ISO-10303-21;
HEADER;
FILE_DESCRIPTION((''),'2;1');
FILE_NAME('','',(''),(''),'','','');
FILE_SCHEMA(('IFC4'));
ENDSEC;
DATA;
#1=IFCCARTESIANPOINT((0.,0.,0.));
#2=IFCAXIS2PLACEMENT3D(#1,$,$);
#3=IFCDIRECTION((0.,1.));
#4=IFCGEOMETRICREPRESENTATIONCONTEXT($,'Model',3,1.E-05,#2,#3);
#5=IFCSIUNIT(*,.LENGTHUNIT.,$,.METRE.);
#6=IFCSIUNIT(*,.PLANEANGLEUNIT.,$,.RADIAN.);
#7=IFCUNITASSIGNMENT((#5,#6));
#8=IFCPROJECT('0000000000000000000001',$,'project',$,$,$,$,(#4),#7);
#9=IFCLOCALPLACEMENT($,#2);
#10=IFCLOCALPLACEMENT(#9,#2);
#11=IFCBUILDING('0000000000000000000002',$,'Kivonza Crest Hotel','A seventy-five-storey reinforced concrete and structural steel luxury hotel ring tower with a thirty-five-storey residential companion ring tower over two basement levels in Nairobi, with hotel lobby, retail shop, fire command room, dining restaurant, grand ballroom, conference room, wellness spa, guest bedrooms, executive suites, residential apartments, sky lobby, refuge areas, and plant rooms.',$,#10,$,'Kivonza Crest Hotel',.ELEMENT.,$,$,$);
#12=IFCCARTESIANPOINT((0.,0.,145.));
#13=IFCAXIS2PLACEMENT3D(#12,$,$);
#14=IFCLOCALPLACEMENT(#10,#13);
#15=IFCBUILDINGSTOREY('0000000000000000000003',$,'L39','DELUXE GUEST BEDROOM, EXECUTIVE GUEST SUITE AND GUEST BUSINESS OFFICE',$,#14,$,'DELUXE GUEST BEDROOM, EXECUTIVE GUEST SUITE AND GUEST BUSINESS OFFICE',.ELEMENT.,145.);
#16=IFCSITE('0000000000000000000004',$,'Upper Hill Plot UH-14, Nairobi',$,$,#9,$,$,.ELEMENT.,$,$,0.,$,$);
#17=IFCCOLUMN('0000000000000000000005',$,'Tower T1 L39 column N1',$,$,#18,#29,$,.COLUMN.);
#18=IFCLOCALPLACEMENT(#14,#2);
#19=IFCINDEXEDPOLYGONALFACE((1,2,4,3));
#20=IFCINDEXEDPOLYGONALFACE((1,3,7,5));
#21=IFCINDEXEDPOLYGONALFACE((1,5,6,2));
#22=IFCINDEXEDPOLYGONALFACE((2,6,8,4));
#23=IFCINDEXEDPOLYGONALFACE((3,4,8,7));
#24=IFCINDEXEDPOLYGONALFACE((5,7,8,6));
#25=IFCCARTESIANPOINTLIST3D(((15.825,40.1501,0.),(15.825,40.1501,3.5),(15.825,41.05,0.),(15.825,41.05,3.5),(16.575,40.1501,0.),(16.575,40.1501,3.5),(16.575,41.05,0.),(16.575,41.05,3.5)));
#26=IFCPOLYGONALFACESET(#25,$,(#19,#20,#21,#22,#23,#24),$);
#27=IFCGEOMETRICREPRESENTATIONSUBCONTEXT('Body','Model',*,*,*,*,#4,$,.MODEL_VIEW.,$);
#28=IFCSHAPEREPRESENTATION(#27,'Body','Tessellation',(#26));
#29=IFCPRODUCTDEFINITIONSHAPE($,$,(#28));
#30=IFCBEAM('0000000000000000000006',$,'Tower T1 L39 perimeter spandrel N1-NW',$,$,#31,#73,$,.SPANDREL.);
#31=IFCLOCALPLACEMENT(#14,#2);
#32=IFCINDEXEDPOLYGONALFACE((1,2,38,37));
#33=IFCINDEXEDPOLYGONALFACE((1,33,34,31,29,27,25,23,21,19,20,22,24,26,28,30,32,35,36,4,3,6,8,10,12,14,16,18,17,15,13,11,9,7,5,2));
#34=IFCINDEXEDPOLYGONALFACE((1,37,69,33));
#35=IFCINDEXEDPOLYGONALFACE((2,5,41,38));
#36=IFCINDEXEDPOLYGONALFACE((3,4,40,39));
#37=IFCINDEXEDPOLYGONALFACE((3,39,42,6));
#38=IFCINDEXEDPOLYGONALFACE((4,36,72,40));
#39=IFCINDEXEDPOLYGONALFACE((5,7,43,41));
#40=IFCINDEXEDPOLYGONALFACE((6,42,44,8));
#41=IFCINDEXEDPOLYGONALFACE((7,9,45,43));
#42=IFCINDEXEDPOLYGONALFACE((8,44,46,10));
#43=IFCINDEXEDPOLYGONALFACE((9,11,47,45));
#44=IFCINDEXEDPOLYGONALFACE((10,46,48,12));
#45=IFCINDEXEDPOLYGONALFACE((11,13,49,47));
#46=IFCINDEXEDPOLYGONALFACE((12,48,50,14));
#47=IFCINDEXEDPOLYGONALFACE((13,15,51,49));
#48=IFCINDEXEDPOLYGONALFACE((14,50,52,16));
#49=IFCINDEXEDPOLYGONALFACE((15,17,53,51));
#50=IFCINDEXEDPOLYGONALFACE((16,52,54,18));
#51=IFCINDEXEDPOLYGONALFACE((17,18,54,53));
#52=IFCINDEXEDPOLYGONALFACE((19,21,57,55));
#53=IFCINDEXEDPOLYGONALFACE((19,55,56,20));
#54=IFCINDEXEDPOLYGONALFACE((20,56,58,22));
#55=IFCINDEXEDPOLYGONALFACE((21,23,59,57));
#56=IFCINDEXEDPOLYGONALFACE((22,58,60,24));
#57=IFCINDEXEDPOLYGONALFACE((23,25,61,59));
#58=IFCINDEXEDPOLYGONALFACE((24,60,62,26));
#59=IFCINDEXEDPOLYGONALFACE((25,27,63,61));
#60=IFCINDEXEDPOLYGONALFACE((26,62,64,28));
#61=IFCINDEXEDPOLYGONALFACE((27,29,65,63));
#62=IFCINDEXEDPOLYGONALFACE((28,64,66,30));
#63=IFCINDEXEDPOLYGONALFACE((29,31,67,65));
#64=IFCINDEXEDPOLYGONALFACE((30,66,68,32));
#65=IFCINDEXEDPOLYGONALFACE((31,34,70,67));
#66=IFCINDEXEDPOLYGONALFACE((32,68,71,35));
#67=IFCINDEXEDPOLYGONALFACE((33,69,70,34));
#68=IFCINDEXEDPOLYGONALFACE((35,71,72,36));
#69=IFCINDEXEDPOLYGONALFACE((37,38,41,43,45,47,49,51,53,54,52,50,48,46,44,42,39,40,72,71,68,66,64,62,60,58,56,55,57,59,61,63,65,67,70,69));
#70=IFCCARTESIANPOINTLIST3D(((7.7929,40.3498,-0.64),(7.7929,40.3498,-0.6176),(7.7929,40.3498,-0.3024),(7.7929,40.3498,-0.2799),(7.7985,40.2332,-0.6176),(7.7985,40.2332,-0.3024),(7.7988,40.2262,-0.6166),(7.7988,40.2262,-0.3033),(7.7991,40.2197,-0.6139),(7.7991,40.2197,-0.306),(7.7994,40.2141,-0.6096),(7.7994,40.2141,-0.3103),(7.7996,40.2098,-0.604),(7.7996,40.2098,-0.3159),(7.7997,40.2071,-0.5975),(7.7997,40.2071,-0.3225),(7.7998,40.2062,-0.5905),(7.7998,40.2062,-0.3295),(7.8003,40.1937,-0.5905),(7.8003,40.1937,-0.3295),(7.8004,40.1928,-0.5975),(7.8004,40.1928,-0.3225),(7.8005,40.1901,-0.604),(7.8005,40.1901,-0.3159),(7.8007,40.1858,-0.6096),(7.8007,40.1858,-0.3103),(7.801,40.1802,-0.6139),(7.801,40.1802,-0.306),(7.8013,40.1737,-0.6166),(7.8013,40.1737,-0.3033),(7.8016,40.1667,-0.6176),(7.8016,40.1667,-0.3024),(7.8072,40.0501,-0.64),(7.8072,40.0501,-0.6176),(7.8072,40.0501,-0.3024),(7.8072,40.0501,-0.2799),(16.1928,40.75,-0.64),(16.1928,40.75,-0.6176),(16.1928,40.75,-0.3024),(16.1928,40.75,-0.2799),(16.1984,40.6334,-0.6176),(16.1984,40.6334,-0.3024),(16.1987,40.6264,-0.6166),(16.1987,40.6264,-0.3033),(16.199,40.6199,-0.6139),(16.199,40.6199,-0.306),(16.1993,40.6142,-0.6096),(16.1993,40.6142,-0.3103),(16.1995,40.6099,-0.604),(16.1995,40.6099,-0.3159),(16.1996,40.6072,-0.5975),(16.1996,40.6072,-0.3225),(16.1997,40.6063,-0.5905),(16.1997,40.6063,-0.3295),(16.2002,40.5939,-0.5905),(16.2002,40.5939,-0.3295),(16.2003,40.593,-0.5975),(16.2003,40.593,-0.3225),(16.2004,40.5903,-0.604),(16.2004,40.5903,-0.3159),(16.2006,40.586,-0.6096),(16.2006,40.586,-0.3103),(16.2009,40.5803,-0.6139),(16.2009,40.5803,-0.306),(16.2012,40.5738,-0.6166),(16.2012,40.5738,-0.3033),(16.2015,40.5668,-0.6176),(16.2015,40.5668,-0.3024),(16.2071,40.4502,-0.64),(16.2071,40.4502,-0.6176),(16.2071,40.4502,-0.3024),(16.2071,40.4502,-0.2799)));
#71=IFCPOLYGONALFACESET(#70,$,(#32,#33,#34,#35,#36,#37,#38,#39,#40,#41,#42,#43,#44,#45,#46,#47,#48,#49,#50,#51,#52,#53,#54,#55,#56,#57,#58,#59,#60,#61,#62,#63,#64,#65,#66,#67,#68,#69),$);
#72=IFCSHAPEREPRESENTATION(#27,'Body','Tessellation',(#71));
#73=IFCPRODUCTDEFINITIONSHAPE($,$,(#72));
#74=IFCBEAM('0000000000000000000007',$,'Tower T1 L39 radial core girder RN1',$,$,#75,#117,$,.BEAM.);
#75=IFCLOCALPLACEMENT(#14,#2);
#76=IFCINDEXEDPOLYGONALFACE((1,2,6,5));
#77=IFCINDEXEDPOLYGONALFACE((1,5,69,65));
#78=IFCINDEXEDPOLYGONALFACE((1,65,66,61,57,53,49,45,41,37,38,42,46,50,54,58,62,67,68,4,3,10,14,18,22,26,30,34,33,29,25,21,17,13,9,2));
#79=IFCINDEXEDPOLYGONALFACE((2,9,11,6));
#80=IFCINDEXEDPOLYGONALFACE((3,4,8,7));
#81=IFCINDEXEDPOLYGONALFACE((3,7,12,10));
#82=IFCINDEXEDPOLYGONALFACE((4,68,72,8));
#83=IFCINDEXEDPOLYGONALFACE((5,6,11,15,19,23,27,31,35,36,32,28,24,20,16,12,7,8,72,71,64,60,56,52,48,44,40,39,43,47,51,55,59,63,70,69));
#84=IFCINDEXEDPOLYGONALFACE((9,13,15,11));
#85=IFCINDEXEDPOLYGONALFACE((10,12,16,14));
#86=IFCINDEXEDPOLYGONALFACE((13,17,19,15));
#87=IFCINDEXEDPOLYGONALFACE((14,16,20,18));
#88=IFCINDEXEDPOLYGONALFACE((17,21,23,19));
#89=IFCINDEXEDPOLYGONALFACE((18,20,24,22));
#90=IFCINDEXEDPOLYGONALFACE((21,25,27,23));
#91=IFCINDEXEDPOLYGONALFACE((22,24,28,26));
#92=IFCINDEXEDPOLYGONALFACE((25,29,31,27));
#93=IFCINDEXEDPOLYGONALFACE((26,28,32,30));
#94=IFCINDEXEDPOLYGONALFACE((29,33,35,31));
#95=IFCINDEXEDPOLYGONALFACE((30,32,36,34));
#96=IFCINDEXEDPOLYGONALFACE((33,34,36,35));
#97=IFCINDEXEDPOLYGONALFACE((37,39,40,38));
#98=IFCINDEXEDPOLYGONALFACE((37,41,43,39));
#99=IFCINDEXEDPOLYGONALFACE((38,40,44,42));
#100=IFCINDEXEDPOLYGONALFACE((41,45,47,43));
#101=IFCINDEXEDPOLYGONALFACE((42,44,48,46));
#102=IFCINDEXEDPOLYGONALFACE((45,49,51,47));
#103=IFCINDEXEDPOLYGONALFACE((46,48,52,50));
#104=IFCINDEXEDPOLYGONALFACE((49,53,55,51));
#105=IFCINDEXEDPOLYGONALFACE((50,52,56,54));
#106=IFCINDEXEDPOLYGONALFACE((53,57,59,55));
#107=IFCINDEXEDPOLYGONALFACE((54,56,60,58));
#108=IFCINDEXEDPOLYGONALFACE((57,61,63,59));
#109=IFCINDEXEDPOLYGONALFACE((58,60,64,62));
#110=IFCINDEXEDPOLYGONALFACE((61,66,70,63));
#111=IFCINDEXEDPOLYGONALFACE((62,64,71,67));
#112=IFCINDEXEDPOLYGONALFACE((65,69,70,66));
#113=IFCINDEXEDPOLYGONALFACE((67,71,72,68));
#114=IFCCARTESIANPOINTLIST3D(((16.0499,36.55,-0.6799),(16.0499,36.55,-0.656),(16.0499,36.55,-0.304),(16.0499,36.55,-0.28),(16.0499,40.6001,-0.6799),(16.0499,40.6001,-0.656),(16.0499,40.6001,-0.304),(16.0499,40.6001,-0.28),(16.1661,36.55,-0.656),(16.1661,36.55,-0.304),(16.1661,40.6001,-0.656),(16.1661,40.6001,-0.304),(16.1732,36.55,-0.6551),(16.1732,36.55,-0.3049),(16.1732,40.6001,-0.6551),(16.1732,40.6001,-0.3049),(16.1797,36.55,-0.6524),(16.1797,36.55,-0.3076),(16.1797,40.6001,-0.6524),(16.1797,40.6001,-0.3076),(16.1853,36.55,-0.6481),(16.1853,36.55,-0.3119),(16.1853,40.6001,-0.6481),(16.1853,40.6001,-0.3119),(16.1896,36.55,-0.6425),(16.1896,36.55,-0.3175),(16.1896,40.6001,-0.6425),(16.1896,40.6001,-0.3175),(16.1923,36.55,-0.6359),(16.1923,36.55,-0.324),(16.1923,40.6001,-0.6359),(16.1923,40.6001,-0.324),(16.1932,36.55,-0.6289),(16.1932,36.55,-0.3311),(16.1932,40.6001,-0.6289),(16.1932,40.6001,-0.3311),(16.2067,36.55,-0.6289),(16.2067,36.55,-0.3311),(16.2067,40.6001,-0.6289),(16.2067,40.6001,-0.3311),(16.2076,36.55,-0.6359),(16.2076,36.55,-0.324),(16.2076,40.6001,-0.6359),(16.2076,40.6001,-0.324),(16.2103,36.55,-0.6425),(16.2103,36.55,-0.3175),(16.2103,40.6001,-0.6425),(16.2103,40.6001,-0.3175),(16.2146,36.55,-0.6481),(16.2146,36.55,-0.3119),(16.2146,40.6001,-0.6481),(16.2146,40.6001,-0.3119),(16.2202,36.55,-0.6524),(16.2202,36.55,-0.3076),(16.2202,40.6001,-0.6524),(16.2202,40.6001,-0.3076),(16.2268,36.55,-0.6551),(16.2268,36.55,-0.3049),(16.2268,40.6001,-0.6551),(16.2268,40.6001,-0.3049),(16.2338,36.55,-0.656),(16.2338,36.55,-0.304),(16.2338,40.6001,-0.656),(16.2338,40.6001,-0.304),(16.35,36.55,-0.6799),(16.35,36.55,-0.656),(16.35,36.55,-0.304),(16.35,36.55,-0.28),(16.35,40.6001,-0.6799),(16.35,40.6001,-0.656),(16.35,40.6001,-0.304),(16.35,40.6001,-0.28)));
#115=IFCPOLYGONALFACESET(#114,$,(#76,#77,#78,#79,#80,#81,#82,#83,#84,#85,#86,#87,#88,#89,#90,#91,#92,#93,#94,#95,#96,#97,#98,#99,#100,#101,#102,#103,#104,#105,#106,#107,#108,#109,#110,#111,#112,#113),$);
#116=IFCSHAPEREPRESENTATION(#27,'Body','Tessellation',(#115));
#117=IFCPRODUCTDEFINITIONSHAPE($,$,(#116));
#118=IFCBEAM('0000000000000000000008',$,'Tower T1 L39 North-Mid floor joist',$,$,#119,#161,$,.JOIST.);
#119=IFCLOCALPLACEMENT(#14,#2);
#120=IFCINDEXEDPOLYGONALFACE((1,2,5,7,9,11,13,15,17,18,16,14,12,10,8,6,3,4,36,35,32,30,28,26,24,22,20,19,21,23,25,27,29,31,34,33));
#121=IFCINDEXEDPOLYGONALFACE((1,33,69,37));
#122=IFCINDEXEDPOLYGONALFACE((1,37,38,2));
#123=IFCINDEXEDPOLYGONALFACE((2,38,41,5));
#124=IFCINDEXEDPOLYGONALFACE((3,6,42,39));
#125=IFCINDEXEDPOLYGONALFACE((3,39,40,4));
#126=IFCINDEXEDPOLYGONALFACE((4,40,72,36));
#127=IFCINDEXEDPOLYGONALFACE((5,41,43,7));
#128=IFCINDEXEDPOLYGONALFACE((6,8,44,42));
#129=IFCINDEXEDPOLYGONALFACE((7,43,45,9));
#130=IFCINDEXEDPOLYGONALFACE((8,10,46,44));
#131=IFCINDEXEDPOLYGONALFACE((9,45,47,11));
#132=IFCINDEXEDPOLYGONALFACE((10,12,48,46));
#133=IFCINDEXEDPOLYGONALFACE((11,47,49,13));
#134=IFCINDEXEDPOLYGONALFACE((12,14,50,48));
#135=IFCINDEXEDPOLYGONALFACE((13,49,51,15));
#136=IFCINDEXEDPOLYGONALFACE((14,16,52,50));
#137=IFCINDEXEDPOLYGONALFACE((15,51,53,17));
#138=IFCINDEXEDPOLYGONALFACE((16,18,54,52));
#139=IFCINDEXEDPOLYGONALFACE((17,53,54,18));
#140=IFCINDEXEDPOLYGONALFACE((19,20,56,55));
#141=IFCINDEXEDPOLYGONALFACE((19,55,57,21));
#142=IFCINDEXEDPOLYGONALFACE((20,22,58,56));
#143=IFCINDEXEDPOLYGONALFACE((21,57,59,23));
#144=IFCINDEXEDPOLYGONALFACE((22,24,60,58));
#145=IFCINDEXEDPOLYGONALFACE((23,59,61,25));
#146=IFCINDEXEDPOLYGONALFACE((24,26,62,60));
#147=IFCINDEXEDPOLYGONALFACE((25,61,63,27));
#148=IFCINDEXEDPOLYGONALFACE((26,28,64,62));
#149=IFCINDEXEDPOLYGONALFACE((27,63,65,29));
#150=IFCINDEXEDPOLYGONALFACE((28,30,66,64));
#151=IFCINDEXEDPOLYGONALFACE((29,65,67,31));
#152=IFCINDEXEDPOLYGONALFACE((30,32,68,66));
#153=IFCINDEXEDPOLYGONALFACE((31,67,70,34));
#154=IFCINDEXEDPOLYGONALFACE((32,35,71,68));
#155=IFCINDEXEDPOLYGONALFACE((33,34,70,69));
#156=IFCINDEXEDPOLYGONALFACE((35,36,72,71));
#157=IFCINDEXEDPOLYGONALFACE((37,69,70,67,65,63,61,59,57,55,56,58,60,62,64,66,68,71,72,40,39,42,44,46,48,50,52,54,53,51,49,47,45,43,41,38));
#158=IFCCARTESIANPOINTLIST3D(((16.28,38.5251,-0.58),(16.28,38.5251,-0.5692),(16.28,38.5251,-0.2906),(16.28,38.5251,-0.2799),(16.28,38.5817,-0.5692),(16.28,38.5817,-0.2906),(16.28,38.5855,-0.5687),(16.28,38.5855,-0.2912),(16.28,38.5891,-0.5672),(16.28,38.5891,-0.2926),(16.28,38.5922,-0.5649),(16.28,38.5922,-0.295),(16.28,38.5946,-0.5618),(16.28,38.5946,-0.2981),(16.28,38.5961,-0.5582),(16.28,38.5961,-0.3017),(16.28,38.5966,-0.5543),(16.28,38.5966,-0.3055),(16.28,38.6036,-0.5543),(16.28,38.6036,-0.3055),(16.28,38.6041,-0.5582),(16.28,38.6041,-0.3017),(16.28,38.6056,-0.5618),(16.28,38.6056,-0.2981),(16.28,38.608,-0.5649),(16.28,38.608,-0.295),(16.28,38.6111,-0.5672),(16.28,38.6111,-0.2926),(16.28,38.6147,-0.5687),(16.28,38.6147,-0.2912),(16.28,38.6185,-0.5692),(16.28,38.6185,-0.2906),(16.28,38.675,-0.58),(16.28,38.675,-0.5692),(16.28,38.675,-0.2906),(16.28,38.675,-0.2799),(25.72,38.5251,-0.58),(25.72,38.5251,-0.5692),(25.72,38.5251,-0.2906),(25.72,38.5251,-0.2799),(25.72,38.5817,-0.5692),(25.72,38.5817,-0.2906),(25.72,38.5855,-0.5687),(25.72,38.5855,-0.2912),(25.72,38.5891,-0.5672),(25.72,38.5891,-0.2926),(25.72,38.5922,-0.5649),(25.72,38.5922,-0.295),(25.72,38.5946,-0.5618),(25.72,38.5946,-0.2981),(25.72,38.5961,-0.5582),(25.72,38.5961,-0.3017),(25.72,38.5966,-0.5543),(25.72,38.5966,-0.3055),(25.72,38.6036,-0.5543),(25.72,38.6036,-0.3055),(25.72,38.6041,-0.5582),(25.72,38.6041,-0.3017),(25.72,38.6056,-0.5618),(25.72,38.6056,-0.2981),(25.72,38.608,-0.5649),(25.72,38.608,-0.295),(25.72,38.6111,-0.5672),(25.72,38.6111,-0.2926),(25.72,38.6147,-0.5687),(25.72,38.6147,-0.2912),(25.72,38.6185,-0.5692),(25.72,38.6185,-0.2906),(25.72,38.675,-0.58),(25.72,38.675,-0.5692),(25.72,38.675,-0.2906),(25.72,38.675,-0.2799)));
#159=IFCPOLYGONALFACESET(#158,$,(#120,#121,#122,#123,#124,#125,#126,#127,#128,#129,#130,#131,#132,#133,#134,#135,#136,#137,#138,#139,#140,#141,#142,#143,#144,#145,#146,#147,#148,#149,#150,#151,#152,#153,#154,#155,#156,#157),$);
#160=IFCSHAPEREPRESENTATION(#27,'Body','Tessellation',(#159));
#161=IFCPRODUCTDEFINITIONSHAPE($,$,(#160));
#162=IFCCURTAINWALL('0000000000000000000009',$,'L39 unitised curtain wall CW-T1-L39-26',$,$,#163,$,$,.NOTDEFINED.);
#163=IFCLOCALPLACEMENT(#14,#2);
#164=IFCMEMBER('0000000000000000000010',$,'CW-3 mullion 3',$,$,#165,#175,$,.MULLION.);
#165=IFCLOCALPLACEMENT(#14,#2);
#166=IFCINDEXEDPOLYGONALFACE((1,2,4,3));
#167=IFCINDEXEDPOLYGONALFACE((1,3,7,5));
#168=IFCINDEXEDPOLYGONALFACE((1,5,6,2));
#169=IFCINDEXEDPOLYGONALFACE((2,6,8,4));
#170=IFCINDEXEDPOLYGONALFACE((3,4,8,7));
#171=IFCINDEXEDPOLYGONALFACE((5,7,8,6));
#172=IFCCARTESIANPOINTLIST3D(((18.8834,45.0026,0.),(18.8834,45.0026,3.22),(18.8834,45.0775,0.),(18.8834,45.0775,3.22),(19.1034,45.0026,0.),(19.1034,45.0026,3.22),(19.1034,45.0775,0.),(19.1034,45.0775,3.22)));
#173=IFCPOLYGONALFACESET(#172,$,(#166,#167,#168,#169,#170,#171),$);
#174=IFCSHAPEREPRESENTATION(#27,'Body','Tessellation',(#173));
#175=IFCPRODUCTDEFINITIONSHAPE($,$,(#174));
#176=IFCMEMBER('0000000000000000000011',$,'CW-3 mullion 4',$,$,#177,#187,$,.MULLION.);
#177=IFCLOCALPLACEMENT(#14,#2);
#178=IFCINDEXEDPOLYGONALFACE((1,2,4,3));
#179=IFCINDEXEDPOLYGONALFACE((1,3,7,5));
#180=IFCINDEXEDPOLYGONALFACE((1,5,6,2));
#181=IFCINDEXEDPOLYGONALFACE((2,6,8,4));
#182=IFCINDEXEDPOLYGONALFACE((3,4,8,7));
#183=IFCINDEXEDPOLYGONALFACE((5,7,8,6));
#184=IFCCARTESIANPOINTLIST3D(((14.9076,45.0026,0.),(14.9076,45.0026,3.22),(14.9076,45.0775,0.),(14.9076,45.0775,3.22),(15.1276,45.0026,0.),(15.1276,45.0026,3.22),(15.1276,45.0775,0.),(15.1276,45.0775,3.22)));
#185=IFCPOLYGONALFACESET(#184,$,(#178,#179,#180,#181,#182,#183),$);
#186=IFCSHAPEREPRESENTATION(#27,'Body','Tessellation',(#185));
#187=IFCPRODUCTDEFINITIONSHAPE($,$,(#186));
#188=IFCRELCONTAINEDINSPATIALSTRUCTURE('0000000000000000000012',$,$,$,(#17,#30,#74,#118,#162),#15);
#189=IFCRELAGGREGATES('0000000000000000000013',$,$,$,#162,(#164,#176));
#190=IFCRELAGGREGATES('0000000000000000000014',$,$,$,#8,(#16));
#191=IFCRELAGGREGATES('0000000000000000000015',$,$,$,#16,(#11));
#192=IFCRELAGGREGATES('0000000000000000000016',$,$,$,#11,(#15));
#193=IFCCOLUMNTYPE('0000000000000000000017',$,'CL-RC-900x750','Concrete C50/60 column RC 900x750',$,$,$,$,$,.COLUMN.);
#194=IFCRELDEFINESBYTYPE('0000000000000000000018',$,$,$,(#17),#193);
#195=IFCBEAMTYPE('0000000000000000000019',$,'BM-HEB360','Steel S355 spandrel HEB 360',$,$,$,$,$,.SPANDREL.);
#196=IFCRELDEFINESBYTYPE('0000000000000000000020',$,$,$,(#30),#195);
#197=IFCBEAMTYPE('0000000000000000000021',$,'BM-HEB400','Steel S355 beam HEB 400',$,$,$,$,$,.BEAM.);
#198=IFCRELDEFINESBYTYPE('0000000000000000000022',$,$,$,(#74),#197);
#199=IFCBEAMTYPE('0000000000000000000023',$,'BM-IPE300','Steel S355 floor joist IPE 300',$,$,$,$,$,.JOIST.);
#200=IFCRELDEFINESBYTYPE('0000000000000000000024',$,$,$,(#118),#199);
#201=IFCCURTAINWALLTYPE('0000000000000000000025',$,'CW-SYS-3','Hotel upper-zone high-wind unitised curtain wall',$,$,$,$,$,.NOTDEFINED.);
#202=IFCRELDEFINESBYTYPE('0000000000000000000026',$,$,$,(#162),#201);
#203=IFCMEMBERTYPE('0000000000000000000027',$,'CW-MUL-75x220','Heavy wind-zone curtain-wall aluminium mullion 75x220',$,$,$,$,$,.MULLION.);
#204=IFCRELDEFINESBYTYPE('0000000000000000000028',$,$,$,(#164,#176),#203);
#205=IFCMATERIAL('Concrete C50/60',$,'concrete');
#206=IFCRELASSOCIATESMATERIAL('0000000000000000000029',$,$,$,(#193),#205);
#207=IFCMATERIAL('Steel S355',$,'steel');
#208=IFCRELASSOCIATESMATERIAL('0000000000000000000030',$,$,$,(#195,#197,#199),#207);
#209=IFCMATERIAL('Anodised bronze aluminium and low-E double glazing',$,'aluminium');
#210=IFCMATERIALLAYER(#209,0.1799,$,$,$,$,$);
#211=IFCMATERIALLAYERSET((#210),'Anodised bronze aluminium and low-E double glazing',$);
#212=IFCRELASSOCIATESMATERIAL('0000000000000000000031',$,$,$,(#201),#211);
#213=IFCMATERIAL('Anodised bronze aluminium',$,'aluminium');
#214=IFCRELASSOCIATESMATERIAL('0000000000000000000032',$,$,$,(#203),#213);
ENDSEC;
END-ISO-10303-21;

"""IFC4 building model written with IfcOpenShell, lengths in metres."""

from ifc_helpers import new_model, si_unit, direction, frame, origin, origin_2d, place, context, subcontext, project, spatial, rectangle, i_section, extrude, material, layer, layer_set, material_profile, profile_set, type_object, element, aggregate, save


model = new_model("IFC4")

# Units and contexts
model_context = context("Model", 3, precision=1e-05, world=origin(), true_north=direction((0.0, 1.0)))
body_context = subcontext(model_context, "Body", "Model", "MODEL_VIEW")
ifc_project = project(units=[si_unit("LENGTHUNIT", "METRE"), si_unit("PLANEANGLEUNIT", "RADIAN")], contexts=[model_context])

# Site, building, storey
site_placement = place(None, origin())
site = spatial("IfcSite", under=ifc_project, at=site_placement, Name="Upper Hill Plot UH-14, Nairobi", CompositionType="ELEMENT", RefElevation=0.0)
building_placement = place(site_placement, origin())
building = spatial("IfcBuilding", under=site, at=building_placement, Name="Kivonza Crest Hotel", Description="A seventy-five-storey reinforced concrete and structural steel luxury hotel ring tower with a thirty-five-storey residential companion ring tower over two basement levels in Nairobi, with hotel lobby, retail shop, fire command room, dining restaurant, grand ballroom, conference room, wellness spa, guest bedrooms, executive suites, residential apartments, sky lobby, refuge areas, and plant rooms.", LongName="Kivonza Crest Hotel", CompositionType="ELEMENT")
storey_placement = place(building_placement, frame((0.0, 0.0, 145.0)))
storey = spatial("IfcBuildingStorey", under=building, at=storey_placement, Name="L39", Description="DELUXE GUEST BEDROOM, EXECUTIVE GUEST SUITE AND GUEST BUSINESS OFFICE", LongName="DELUXE GUEST BEDROOM, EXECUTIVE GUEST SUITE AND GUEST BUSINESS OFFICE", CompositionType="ELEMENT", Elevation=145.0)

# Column
ifc_material_1 = material(Name="Concrete C50/60", Category="concrete")
ifc_material_profile_1 = material_profile(ifc_material_1, rectangle(XDim=0.75, YDim=0.8999, at=origin_2d()), Name="RC 900x750")
ifc_profile_set_1 = profile_set([ifc_material_profile_1], Name="Concrete C50/60")
column_type = type_object("IfcColumnType", Name="CL-RC-900x750", Description="Concrete C50/60 column RC 900x750", PredefinedType="COLUMN", material=ifc_profile_set_1)
column_placement = place(storey_placement, frame((16.2, 40.6001, 0.0), z_axis=(0.0, 0.0, 1.0), x_axis=(1.0, 0.0, 0.0)))
element("IfcColumn", 1, at=column_placement, inside=storey, type_object=column_type, Name="Tower T1 L39 column N1", PredefinedType="COLUMN", context=body_context, shape_type="SweptSolid", body=[
    extrude(rectangle(XDim=0.75, YDim=0.8999, at=origin_2d()), origin(), (0.0, 0.0, 1.0), 3.5),
])

# Beams
ifc_material_2 = material(Name="Steel S355", Category="steel")
ifc_material_profile_2 = material_profile(ifc_material_2, i_section(OverallWidth=0.3, OverallDepth=0.3601, WebThickness=0.0125, FlangeThickness=0.0225, FilletRadius=0.0271, at=origin_2d()), Name="HEB 360")
ifc_profile_set_2 = profile_set([ifc_material_profile_2], Name="Steel S355")
beam_type_1 = type_object("IfcBeamType", Name="BM-HEB360", Description="Steel S355 spandrel HEB 360", PredefinedType="SPANDREL", material=ifc_profile_set_2)
beam_1_placement = place(storey_placement, frame((16.2, 40.6001, -0.46), z_axis=(-0.998867, -0.047583, 0.0), x_axis=(0.047583, -0.998867, 0.0)))
element("IfcBeam", 2, at=beam_1_placement, inside=storey, type_object=beam_type_1, Name="Tower T1 L39 perimeter spandrel N1-NW", PredefinedType="SPANDREL", context=body_context, shape_type="SweptSolid", body=[
    extrude(i_section(OverallWidth=0.3, OverallDepth=0.3601, WebThickness=0.0125, FlangeThickness=0.0225, FilletRadius=0.0271, at=origin_2d()), origin(), (0.0, 0.0, 1.0), 8.4094),
])
ifc_material_profile_3 = material_profile(ifc_material_2, i_section(OverallWidth=0.3, OverallDepth=0.3999, WebThickness=0.0134, FlangeThickness=0.0239, FilletRadius=0.0271, at=origin_2d()), Name="HEB 400")
ifc_profile_set_3 = profile_set([ifc_material_profile_3], Name="Steel S355")
beam_type_2 = type_object("IfcBeamType", Name="BM-HEB400", Description="Steel S355 beam HEB 400", PredefinedType="BEAM", material=ifc_profile_set_3)
beam_2_placement = place(storey_placement, frame((16.2, 40.6001, -0.48), z_axis=(0.0, -1.0, 0.0), x_axis=(1.0, 0.0, 0.0)))
element("IfcBeam", 3, at=beam_2_placement, inside=storey, type_object=beam_type_2, Name="Tower T1 L39 radial core girder RN1", PredefinedType="BEAM", context=body_context, shape_type="SweptSolid", body=[
    extrude(i_section(OverallWidth=0.3, OverallDepth=0.3999, WebThickness=0.0134, FlangeThickness=0.0239, FilletRadius=0.0271, at=origin_2d()), origin(), (0.0, 0.0, 1.0), 4.05),
])
ifc_material_profile_4 = material_profile(ifc_material_2, i_section(OverallWidth=0.1499, OverallDepth=0.3, WebThickness=0.0071, FlangeThickness=0.0107, FilletRadius=0.0149, at=origin_2d()), Name="IPE 300")
ifc_profile_set_4 = profile_set([ifc_material_profile_4], Name="Steel S355")
beam_type_3 = type_object("IfcBeamType", Name="BM-IPE300", Description="Steel S355 floor joist IPE 300", PredefinedType="JOIST", material=ifc_profile_set_4)
beam_3_placement = place(storey_placement, frame((16.28, 38.6001, -0.4299), z_axis=(1.0, 0.0, 0.0), x_axis=(0.0, 1.0, 0.0)))
element("IfcBeam", 4, at=beam_3_placement, inside=storey, type_object=beam_type_3, Name="Tower T1 L39 North-Mid floor joist", PredefinedType="JOIST", context=body_context, shape_type="SweptSolid", body=[
    extrude(i_section(OverallWidth=0.1499, OverallDepth=0.3, WebThickness=0.0071, FlangeThickness=0.0107, FilletRadius=0.0149, at=origin_2d()), origin(), (0.0, 0.0, 1.0), 9.4399),
])

# Curtain wall, members
ifc_material_3 = material(Name="Anodised bronze aluminium and low-E double glazing", Category="aluminium")
ifc_layer_1 = layer(ifc_material_3, 0.1799)
ifc_layer_set_1 = layer_set([ifc_layer_1], Name="Anodised bronze aluminium and low-E double glazing")
curtain_wall_type = type_object("IfcCurtainWallType", Name="CW-SYS-3", Description="Hotel upper-zone high-wind unitised curtain wall", PredefinedType="NOTDEFINED", material=ifc_layer_set_1)
curtain_wall_placement = place(storey_placement, origin())
curtain_wall = element("IfcCurtainWall", 5, at=curtain_wall_placement, inside=storey, type_object=curtain_wall_type, Name="L39 unitised curtain wall CW-T1-L39-26", PredefinedType="NOTDEFINED")
ifc_material_4 = material(Name="Anodised bronze aluminium", Category="aluminium")
ifc_material_profile_5 = material_profile(ifc_material_4, rectangle(XDim=0.075, YDim=0.22, at=origin_2d()), Name="CW-M 75x220")
ifc_profile_set_5 = profile_set([ifc_material_profile_5], Name="Anodised bronze aluminium")
member_type_1 = type_object("IfcMemberType", Name="CW-MUL-75x220", Description="Heavy wind-zone curtain-wall aluminium mullion 75x220", PredefinedType="MULLION", material=ifc_profile_set_5)
member_1_placement = place(storey_placement, frame((18.9934, 45.04, 0.0), z_axis=(0.0, 0.0, 1.0), x_axis=(0.0, -1.0, 0.0)))
member_1 = element("IfcMember", 6, at=member_1_placement, type_object=member_type_1, Name="CW-3 mullion 3", PredefinedType="MULLION", context=body_context, shape_type="SweptSolid", body=[
    extrude(rectangle(XDim=0.075, YDim=0.22, at=origin_2d()), origin(), (0.0, 0.0, 1.0), 3.22),
])
member_2_placement = place(storey_placement, frame((15.0176, 45.04, 0.0), z_axis=(0.0, 0.0, 1.0), x_axis=(0.0, -1.0, 0.0)))
member_2 = element("IfcMember", 7, at=member_2_placement, type_object=member_type_1, Name="CW-3 mullion 4", PredefinedType="MULLION", context=body_context, shape_type="SweptSolid", body=[
    extrude(rectangle(XDim=0.075, YDim=0.22, at=origin_2d()), origin(), (0.0, 0.0, 1.0), 3.22),
])
aggregate(curtain_wall, [member_1, member_2])

save(model, "model.ifc")
